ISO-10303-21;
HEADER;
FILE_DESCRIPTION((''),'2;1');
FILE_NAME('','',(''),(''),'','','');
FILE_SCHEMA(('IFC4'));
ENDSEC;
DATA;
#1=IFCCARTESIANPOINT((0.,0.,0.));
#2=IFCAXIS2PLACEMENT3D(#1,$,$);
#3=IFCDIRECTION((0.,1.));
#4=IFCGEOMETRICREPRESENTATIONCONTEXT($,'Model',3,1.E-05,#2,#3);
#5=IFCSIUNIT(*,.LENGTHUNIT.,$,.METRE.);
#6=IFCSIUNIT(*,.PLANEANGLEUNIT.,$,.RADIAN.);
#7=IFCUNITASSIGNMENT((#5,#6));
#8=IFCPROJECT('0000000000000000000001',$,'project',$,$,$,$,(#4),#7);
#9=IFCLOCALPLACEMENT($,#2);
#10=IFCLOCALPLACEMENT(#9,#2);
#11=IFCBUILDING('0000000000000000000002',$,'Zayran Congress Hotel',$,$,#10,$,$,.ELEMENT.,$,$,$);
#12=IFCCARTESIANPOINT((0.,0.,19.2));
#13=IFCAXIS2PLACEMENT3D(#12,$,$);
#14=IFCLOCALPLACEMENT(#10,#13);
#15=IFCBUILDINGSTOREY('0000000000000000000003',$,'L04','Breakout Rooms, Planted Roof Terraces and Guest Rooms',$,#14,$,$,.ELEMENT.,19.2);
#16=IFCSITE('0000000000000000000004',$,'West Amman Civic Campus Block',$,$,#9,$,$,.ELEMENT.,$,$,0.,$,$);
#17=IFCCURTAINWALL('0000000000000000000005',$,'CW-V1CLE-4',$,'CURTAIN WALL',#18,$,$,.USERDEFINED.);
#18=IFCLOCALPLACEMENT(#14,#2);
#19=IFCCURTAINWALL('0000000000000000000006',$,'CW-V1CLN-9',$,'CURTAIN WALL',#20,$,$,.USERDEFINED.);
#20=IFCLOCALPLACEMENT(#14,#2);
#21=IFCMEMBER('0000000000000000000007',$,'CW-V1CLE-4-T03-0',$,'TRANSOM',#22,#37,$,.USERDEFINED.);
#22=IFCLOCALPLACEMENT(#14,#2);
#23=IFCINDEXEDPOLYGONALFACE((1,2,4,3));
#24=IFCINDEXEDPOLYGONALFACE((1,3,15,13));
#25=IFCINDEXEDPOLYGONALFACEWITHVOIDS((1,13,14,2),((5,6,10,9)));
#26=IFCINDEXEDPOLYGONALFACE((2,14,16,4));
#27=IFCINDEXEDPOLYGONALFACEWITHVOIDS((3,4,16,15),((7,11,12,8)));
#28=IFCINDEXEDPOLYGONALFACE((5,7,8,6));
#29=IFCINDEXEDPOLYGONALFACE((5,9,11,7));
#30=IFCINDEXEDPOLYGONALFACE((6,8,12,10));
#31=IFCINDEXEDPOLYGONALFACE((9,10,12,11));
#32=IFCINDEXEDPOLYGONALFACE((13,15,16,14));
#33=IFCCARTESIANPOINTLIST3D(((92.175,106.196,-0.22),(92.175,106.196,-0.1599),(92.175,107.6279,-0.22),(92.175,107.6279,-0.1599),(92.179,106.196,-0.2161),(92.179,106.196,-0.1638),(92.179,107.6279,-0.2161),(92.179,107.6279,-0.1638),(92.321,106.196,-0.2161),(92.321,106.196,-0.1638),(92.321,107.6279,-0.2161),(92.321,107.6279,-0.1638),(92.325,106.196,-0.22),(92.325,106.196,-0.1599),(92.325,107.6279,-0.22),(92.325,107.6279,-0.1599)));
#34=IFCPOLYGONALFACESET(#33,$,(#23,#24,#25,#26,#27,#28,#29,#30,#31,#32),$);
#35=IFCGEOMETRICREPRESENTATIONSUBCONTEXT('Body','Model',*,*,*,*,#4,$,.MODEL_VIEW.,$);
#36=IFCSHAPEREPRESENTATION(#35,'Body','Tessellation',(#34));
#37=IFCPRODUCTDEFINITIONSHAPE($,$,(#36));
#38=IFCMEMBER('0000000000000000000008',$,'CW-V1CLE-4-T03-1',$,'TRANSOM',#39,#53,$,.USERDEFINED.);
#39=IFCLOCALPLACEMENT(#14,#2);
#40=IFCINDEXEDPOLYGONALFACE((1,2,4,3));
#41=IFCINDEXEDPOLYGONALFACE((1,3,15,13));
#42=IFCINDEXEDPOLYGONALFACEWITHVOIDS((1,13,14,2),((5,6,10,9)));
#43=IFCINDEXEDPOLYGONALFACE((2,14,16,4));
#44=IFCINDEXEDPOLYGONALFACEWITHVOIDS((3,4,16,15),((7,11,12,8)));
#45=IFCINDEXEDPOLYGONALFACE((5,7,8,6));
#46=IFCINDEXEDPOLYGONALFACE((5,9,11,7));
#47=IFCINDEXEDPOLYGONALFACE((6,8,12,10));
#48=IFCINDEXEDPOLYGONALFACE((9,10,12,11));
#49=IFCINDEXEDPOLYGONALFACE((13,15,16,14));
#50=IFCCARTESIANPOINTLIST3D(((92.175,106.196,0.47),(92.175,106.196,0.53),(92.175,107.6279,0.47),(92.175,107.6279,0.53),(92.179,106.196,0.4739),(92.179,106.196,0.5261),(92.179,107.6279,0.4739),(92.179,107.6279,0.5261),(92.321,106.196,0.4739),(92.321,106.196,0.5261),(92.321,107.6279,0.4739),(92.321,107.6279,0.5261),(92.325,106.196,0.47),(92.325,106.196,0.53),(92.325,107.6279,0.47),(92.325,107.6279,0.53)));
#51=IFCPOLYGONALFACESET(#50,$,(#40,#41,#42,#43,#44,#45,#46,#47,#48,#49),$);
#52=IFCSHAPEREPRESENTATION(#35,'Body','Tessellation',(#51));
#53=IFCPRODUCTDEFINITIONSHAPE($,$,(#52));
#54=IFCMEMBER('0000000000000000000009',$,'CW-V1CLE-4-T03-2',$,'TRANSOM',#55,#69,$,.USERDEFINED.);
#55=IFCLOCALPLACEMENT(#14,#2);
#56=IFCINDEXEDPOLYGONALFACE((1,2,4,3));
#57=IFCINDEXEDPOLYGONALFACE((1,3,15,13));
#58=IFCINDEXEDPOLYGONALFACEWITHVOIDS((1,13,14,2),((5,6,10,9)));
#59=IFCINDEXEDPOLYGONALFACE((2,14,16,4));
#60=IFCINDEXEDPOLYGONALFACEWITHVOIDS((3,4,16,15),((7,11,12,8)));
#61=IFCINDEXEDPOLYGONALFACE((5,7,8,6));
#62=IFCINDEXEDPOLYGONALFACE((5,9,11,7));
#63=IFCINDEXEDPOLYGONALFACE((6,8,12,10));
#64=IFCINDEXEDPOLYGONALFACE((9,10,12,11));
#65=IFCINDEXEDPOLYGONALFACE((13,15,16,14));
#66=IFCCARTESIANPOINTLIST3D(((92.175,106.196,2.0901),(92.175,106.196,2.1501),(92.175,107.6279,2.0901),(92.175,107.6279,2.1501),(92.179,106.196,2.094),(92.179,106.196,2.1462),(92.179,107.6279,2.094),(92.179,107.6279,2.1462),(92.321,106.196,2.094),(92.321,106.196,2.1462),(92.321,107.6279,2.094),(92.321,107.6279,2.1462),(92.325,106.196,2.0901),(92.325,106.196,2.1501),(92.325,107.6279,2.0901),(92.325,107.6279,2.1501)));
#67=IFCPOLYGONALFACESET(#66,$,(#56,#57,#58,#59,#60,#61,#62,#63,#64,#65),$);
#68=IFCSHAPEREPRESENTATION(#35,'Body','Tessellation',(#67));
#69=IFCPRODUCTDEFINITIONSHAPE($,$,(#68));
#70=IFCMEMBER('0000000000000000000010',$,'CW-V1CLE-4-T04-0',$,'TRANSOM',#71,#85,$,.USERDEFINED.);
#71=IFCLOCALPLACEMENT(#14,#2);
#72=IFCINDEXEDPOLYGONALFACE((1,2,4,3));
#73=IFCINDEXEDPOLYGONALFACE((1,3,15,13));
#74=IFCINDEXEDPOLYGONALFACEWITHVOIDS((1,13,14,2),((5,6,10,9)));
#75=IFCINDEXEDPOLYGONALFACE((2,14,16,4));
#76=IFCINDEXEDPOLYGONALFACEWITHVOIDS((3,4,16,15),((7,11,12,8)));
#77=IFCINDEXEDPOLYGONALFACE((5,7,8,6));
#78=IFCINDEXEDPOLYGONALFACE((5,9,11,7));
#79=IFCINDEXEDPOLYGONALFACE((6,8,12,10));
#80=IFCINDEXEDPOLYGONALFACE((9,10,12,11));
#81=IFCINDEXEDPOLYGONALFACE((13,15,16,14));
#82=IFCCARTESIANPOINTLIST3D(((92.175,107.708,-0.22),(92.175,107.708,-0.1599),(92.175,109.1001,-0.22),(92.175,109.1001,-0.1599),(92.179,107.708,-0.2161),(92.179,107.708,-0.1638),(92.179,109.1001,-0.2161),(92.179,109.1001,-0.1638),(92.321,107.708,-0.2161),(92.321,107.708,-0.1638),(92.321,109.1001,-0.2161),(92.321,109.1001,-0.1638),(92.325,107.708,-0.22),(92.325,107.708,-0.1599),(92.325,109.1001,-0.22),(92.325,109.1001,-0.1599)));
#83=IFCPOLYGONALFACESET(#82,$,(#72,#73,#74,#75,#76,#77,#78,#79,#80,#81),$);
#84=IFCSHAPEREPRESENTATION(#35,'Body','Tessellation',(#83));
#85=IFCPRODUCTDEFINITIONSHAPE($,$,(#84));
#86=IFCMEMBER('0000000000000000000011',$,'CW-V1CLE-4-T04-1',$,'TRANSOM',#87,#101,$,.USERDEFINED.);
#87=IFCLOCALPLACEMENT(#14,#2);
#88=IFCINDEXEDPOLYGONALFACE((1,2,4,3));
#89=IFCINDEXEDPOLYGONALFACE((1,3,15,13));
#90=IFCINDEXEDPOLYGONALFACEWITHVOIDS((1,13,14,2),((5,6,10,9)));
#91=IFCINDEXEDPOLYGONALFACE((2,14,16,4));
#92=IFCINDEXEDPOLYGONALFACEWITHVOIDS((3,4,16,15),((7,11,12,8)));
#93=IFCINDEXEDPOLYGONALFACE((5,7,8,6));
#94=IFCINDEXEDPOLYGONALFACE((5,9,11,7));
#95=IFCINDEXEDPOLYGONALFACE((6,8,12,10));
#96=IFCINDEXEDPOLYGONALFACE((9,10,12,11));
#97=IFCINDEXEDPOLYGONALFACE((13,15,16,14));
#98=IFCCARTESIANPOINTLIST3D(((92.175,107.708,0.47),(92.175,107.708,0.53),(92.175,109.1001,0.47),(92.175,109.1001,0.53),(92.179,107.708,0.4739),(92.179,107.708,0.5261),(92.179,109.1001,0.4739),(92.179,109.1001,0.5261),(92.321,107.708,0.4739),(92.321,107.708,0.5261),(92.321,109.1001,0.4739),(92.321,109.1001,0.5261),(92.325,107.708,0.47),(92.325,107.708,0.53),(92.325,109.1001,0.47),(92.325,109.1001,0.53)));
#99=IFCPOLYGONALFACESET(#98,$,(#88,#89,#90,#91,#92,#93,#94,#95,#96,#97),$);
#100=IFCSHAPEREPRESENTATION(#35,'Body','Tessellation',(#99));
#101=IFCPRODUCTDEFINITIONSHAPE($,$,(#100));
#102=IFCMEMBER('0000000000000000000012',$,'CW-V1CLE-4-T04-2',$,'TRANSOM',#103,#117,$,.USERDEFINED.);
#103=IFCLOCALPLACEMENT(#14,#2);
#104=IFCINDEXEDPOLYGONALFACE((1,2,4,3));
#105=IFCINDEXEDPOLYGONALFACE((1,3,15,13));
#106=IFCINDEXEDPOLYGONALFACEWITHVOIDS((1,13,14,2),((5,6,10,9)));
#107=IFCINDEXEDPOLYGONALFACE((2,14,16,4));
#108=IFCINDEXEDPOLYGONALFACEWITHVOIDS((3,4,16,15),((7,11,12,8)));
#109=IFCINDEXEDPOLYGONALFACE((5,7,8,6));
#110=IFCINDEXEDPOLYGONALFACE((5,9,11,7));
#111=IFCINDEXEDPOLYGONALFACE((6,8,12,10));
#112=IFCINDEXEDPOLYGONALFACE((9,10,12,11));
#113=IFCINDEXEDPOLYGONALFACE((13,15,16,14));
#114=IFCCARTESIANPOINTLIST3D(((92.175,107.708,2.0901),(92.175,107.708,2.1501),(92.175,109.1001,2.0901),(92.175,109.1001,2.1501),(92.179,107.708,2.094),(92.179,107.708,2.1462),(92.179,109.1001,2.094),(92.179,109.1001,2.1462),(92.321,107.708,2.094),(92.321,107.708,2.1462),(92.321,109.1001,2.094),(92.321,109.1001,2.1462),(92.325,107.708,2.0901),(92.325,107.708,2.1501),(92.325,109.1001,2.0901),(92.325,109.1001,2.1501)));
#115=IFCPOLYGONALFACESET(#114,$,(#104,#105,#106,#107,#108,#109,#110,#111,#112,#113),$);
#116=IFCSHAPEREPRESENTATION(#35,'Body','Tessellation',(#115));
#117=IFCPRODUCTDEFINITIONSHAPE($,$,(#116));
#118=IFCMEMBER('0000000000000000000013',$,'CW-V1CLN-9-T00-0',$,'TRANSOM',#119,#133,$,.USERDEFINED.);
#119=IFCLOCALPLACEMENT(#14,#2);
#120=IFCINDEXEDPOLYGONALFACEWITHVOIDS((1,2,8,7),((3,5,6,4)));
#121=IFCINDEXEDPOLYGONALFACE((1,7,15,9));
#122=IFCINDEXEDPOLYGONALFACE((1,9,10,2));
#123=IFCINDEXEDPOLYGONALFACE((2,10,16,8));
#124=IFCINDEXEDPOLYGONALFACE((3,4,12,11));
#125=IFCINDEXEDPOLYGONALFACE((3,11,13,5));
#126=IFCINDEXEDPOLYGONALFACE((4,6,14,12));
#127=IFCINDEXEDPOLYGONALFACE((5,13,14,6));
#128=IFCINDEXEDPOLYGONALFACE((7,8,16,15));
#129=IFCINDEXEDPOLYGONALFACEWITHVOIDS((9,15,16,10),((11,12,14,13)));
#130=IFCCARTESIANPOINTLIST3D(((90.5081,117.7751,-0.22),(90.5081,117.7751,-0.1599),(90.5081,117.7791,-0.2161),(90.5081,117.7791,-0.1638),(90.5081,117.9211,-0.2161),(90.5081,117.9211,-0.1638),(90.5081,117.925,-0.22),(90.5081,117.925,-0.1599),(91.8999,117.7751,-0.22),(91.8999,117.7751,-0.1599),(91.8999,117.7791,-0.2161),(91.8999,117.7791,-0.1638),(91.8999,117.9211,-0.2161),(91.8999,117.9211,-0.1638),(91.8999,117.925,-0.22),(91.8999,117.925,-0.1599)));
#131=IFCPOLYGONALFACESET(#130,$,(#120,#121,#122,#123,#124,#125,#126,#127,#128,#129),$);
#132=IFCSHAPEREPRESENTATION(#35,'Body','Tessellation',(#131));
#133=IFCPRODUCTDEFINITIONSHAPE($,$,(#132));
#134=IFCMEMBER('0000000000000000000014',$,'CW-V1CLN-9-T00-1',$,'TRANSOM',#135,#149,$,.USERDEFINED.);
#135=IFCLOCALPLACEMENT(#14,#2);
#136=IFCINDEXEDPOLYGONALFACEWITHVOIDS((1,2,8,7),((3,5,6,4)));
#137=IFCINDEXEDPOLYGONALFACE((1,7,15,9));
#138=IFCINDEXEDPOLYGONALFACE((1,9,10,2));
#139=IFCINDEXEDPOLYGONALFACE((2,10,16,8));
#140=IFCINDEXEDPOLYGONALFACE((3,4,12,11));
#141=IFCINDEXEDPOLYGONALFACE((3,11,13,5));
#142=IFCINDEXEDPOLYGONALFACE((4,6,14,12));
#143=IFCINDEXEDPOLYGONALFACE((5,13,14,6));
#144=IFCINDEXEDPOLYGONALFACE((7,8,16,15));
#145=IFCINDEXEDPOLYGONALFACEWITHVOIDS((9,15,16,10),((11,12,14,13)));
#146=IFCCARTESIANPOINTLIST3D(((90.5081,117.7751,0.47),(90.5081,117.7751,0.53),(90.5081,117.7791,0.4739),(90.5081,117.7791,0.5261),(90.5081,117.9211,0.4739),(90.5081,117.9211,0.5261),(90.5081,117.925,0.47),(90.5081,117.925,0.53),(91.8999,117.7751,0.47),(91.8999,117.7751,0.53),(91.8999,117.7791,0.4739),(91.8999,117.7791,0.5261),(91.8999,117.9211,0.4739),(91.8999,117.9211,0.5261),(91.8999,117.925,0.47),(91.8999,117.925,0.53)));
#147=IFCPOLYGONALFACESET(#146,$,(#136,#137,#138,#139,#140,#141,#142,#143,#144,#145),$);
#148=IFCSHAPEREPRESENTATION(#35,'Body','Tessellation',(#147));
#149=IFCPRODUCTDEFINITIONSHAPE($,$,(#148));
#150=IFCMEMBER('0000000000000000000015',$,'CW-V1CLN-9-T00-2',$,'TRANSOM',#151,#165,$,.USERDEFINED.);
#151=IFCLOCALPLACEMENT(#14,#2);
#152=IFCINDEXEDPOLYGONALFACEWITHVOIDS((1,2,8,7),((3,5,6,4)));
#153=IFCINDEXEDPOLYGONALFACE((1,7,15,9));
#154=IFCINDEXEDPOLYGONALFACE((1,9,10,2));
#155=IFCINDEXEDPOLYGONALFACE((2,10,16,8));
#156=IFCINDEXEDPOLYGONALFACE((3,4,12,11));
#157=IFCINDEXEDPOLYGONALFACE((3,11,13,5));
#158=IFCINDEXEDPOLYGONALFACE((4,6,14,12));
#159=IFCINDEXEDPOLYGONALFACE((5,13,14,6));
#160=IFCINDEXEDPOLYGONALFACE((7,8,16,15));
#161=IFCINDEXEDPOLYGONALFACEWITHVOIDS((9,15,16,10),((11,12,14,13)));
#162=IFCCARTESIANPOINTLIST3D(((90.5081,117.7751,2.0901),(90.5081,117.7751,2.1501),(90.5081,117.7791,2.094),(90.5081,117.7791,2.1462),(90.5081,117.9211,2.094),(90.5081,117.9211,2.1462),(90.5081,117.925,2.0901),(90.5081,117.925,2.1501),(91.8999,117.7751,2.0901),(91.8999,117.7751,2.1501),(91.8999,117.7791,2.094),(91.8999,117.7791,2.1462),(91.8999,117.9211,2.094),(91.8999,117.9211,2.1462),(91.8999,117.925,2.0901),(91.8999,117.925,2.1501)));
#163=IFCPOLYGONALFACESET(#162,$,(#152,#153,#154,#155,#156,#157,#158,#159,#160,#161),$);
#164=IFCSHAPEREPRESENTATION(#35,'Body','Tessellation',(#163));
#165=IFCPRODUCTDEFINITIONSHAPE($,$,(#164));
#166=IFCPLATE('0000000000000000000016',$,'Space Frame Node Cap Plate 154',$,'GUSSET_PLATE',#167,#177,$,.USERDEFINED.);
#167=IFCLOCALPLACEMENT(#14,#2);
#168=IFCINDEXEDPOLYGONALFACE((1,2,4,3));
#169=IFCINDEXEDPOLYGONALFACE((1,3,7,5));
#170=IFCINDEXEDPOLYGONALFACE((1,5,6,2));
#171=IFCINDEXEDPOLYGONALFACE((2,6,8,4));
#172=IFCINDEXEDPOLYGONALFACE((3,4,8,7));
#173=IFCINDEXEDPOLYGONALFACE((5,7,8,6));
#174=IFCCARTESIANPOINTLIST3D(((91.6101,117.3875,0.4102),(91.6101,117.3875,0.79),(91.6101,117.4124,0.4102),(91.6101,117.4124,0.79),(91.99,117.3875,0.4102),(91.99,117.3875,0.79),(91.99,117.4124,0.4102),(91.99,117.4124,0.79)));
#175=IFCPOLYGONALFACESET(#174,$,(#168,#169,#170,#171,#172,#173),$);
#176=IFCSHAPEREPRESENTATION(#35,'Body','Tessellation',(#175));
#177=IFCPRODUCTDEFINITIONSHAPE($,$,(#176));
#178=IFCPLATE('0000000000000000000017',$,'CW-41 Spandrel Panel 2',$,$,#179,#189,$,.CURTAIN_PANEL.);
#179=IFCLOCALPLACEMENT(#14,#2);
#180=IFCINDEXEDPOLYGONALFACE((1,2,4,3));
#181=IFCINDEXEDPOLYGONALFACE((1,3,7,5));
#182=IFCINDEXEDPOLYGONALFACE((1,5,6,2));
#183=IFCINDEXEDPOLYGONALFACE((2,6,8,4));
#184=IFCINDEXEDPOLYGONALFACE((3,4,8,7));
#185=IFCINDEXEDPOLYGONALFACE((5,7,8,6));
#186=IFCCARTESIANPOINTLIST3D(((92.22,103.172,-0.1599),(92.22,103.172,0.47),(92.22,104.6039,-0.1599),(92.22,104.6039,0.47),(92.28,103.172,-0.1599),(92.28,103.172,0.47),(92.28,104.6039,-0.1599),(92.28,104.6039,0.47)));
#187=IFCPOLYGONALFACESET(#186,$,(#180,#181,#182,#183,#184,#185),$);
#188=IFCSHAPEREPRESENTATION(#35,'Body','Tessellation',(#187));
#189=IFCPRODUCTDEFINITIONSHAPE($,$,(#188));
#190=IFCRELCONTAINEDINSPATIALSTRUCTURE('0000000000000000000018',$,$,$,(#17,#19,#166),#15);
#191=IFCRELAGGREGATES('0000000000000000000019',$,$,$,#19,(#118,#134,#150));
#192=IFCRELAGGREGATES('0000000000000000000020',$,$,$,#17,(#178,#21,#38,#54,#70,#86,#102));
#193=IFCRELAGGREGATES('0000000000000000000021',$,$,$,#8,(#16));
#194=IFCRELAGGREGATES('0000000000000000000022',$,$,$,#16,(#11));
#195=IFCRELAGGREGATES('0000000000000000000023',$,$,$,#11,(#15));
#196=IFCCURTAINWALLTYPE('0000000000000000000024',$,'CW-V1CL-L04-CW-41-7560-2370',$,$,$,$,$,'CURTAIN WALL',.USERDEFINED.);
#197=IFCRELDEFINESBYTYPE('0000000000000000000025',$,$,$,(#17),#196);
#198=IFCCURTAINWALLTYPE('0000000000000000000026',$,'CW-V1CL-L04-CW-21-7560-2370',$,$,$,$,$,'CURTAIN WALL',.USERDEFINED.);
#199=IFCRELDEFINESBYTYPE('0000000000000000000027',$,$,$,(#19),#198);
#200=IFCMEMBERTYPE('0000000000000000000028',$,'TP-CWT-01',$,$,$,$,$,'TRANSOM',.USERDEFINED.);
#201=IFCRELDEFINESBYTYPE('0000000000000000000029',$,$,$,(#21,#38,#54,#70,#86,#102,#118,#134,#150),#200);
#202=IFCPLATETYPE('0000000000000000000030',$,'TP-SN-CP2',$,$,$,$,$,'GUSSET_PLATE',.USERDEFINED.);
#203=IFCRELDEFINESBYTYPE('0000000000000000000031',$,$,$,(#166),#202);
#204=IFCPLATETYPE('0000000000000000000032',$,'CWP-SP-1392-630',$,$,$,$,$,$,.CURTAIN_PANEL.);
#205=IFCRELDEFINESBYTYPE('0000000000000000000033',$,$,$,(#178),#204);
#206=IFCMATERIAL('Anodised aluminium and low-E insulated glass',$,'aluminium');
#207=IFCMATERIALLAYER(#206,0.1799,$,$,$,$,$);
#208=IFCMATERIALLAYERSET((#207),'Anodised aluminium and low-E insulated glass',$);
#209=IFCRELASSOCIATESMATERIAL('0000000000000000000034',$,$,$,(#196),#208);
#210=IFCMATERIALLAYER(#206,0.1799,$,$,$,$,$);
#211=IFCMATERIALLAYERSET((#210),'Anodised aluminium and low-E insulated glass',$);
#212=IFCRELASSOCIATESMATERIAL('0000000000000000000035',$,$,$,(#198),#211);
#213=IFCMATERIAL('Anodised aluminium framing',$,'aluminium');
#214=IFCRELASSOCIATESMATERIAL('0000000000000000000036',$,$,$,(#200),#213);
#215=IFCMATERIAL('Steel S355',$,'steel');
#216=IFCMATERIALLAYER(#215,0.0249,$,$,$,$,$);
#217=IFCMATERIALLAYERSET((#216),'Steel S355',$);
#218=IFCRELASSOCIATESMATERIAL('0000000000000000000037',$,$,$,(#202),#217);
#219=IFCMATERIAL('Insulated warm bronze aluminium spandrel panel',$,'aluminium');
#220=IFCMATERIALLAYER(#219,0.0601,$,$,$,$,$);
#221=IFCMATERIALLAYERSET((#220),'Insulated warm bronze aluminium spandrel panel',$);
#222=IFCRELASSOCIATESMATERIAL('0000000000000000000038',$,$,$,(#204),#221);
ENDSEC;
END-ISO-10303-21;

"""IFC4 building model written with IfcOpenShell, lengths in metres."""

from ifc_helpers import new_model, si_unit, direction, frame, origin, origin_2d, place, context, subcontext, project, spatial, rectangle, hollow_rectangle, extrude, material, layer, layer_set, material_profile, profile_set, type_object, element, aggregate, save


model = new_model("IFC4")

# Units and contexts
model_context = context("Model", 3, precision=1e-05, world=origin(), true_north=direction((0.0, 1.0)))
body_context = subcontext(model_context, "Body", "Model", "MODEL_VIEW")
ifc_project = project(units=[si_unit("LENGTHUNIT", "METRE"), si_unit("PLANEANGLEUNIT", "RADIAN")], contexts=[model_context])

# Site, building, storey
site_placement = place(None, origin())
site = spatial("IfcSite", under=ifc_project, at=site_placement, Name="West Amman Civic Campus Block", CompositionType="ELEMENT", RefElevation=0.0)
building_placement = place(site_placement, origin())
building = spatial("IfcBuilding", under=site, at=building_placement, Name="Zayran Congress Hotel", CompositionType="ELEMENT")
storey_placement = place(building_placement, frame((0.0, 0.0, 19.2)))
storey = spatial("IfcBuildingStorey", under=building, at=storey_placement, Name="L04", Description="Breakout Rooms, Planted Roof Terraces and Guest Rooms", CompositionType="ELEMENT", Elevation=19.2)

# Shared definitions
ifc_material_1 = material(Name="Steel S355", Category="steel")

# Curtain wall
ifc_material_2 = material(Name="Anodised aluminium and low-E insulated glass", Category="aluminium")
ifc_layer_1 = layer(ifc_material_2, 0.1799)
ifc_layer_set_1 = layer_set([ifc_layer_1], Name="Anodised aluminium and low-E insulated glass")
curtain_wall_type_1 = type_object("IfcCurtainWallType", Name="CW-V1CL-L04-CW-41-7560-2370", ElementType="CURTAIN WALL", PredefinedType="USERDEFINED", material=ifc_layer_set_1)
curtain_wall_1_placement = place(storey_placement, origin())
curtain_wall_1 = element("IfcCurtainWall", 1, at=curtain_wall_1_placement, inside=storey, type_object=curtain_wall_type_1, Name="CW-V1CLE-4", ObjectType="CURTAIN WALL", PredefinedType="USERDEFINED")
ifc_material_3 = material(Name="Anodised aluminium framing", Category="aluminium")

# Curtain wall
ifc_layer_2 = layer(ifc_material_2, 0.1799)
ifc_layer_set_2 = layer_set([ifc_layer_2], Name="Anodised aluminium and low-E insulated glass")
curtain_wall_type_2 = type_object("IfcCurtainWallType", Name="CW-V1CL-L04-CW-21-7560-2370", ElementType="CURTAIN WALL", PredefinedType="USERDEFINED", material=ifc_layer_set_2)
curtain_wall_2_placement = place(storey_placement, origin())
curtain_wall_2 = element("IfcCurtainWall", 2, at=curtain_wall_2_placement, inside=storey, type_object=curtain_wall_type_2, Name="CW-V1CLN-9", ObjectType="CURTAIN WALL", PredefinedType="USERDEFINED")

# Members
ifc_material_profile_1 = material_profile(ifc_material_3, hollow_rectangle(XDim=0.0601, YDim=0.1499, WallThickness=0.0039, at=origin_2d()), Name="RHS 150x60x4")
ifc_profile_set_1 = profile_set([ifc_material_profile_1], Name="Anodised aluminium framing")
member_type_1 = type_object("IfcMemberType", Name="TP-CWT-01", ElementType="TRANSOM", PredefinedType="USERDEFINED", material=ifc_profile_set_1)
member_1_placement = place(storey_placement, frame((92.25, 106.196, -0.1899), z_axis=(0.0, 1.0, 0.0), x_axis=(0.0, 0.0, 1.0)))
member_1 = element("IfcMember", 3, at=member_1_placement, type_object=member_type_1, Name="CW-V1CLE-4-T03-0", ObjectType="TRANSOM", PredefinedType="USERDEFINED", context=body_context, shape_type="SweptSolid", body=[
    extrude(hollow_rectangle(XDim=0.0601, YDim=0.1499, WallThickness=0.0039, at=origin_2d()), origin(), (0.0, 0.0, 1.0), 1.4319),
])
member_2_placement = place(storey_placement, frame((92.25, 106.196, 0.5), z_axis=(0.0, 1.0, 0.0), x_axis=(0.0, 0.0, 1.0)))
member_2 = element("IfcMember", 4, at=member_2_placement, type_object=member_type_1, Name="CW-V1CLE-4-T03-1", ObjectType="TRANSOM", PredefinedType="USERDEFINED", context=body_context, shape_type="SweptSolid", body=[
    extrude(hollow_rectangle(XDim=0.0601, YDim=0.1499, WallThickness=0.0039, at=origin_2d()), origin(), (0.0, 0.0, 1.0), 1.4319),
])
member_3_placement = place(storey_placement, frame((92.25, 106.196, 2.1201), z_axis=(0.0, 1.0, 0.0), x_axis=(0.0, 0.0, 1.0)))
member_3 = element("IfcMember", 5, at=member_3_placement, type_object=member_type_1, Name="CW-V1CLE-4-T03-2", ObjectType="TRANSOM", PredefinedType="USERDEFINED", context=body_context, shape_type="SweptSolid", body=[
    extrude(hollow_rectangle(XDim=0.0601, YDim=0.1499, WallThickness=0.0039, at=origin_2d()), origin(), (0.0, 0.0, 1.0), 1.4319),
])
member_4_placement = place(storey_placement, frame((92.25, 107.708, -0.1899), z_axis=(0.0, 1.0, 0.0), x_axis=(0.0, 0.0, 1.0)))
member_4 = element("IfcMember", 6, at=member_4_placement, type_object=member_type_1, Name="CW-V1CLE-4-T04-0", ObjectType="TRANSOM", PredefinedType="USERDEFINED", context=body_context, shape_type="SweptSolid", body=[
    extrude(hollow_rectangle(XDim=0.0601, YDim=0.1499, WallThickness=0.0039, at=origin_2d()), origin(), (0.0, 0.0, 1.0), 1.3921),
])
member_5_placement = place(storey_placement, frame((92.25, 107.708, 0.5), z_axis=(0.0, 1.0, 0.0), x_axis=(0.0, 0.0, 1.0)))
member_5 = element("IfcMember", 7, at=member_5_placement, type_object=member_type_1, Name="CW-V1CLE-4-T04-1", ObjectType="TRANSOM", PredefinedType="USERDEFINED", context=body_context, shape_type="SweptSolid", body=[
    extrude(hollow_rectangle(XDim=0.0601, YDim=0.1499, WallThickness=0.0039, at=origin_2d()), origin(), (0.0, 0.0, 1.0), 1.3921),
])
member_6_placement = place(storey_placement, frame((92.25, 107.708, 2.1201), z_axis=(0.0, 1.0, 0.0), x_axis=(0.0, 0.0, 1.0)))
member_6 = element("IfcMember", 8, at=member_6_placement, type_object=member_type_1, Name="CW-V1CLE-4-T04-2", ObjectType="TRANSOM", PredefinedType="USERDEFINED", context=body_context, shape_type="SweptSolid", body=[
    extrude(hollow_rectangle(XDim=0.0601, YDim=0.1499, WallThickness=0.0039, at=origin_2d()), origin(), (0.0, 0.0, 1.0), 1.3921),
])
member_7_placement = place(storey_placement, frame((91.8999, 117.8501, -0.1899), z_axis=(-1.0, 0.0, 0.0), x_axis=(0.0, 0.0, 1.0)))
member_7 = element("IfcMember", 9, at=member_7_placement, type_object=member_type_1, Name="CW-V1CLN-9-T00-0", ObjectType="TRANSOM", PredefinedType="USERDEFINED", context=body_context, shape_type="SweptSolid", body=[
    extrude(hollow_rectangle(XDim=0.0601, YDim=0.1499, WallThickness=0.0039, at=origin_2d()), origin(), (0.0, 0.0, 1.0), 1.3918),
])
member_8_placement = place(storey_placement, frame((91.8999, 117.8501, 0.5), z_axis=(-1.0, 0.0, 0.0), x_axis=(0.0, 0.0, 1.0)))
member_8 = element("IfcMember", 10, at=member_8_placement, type_object=member_type_1, Name="CW-V1CLN-9-T00-1", ObjectType="TRANSOM", PredefinedType="USERDEFINED", context=body_context, shape_type="SweptSolid", body=[
    extrude(hollow_rectangle(XDim=0.0601, YDim=0.1499, WallThickness=0.0039, at=origin_2d()), origin(), (0.0, 0.0, 1.0), 1.3918),
])
member_9_placement = place(storey_placement, frame((91.8999, 117.8501, 2.1201), z_axis=(-1.0, 0.0, 0.0), x_axis=(0.0, 0.0, 1.0)))
member_9 = element("IfcMember", 11, at=member_9_placement, type_object=member_type_1, Name="CW-V1CLN-9-T00-2", ObjectType="TRANSOM", PredefinedType="USERDEFINED", context=body_context, shape_type="SweptSolid", body=[
    extrude(hollow_rectangle(XDim=0.0601, YDim=0.1499, WallThickness=0.0039, at=origin_2d()), origin(), (0.0, 0.0, 1.0), 1.3918),
])
aggregate(curtain_wall_2, [member_7, member_8, member_9])

# Plates
ifc_layer_3 = layer(ifc_material_1, 0.0249)
ifc_layer_set_3 = layer_set([ifc_layer_3], Name="Steel S355")
plate_type_1 = type_object("IfcPlateType", Name="TP-SN-CP2", ElementType="GUSSET_PLATE", PredefinedType="USERDEFINED", material=ifc_layer_set_3)
plate_1_placement = place(storey_placement, frame((91.8, 117.3999, 0.4102), z_axis=(0.0, 0.0, 1.0), x_axis=(1.0, 0.0, 0.0)))
element("IfcPlate", 12, at=plate_1_placement, inside=storey, type_object=plate_type_1, Name="Space Frame Node Cap Plate 154", ObjectType="GUSSET_PLATE", PredefinedType="USERDEFINED", context=body_context, shape_type="SweptSolid", body=[
    extrude(rectangle(XDim=0.3799, YDim=0.0249, at=origin_2d()), origin(), (0.0, 0.0, 1.0), 0.3799),
])
ifc_material_4 = material(Name="Insulated warm bronze aluminium spandrel panel", Category="aluminium")
ifc_layer_4 = layer(ifc_material_4, 0.0601)
ifc_layer_set_4 = layer_set([ifc_layer_4], Name="Insulated warm bronze aluminium spandrel panel")
plate_type_2 = type_object("IfcPlateType", Name="CWP-SP-1392-630", PredefinedType="CURTAIN_PANEL", material=ifc_layer_set_4)
plate_2_placement = place(storey_placement, frame((92.25, 103.8879, -0.1599), z_axis=(0.0, 0.0, 1.0), x_axis=(0.0, 1.0, 0.0)))
plate_2 = element("IfcPlate", 13, at=plate_2_placement, type_object=plate_type_2, Name="CW-41 Spandrel Panel 2", PredefinedType="CURTAIN_PANEL", context=body_context, shape_type="SweptSolid", body=[
    extrude(rectangle(XDim=1.4319, YDim=0.0601, at=origin_2d()), origin(), (0.0, 0.0, 1.0), 0.6299),
])
aggregate(curtain_wall_1, [plate_2, member_1, member_2, member_3, member_4, member_5, member_6])

save(model, "model.ifc")
